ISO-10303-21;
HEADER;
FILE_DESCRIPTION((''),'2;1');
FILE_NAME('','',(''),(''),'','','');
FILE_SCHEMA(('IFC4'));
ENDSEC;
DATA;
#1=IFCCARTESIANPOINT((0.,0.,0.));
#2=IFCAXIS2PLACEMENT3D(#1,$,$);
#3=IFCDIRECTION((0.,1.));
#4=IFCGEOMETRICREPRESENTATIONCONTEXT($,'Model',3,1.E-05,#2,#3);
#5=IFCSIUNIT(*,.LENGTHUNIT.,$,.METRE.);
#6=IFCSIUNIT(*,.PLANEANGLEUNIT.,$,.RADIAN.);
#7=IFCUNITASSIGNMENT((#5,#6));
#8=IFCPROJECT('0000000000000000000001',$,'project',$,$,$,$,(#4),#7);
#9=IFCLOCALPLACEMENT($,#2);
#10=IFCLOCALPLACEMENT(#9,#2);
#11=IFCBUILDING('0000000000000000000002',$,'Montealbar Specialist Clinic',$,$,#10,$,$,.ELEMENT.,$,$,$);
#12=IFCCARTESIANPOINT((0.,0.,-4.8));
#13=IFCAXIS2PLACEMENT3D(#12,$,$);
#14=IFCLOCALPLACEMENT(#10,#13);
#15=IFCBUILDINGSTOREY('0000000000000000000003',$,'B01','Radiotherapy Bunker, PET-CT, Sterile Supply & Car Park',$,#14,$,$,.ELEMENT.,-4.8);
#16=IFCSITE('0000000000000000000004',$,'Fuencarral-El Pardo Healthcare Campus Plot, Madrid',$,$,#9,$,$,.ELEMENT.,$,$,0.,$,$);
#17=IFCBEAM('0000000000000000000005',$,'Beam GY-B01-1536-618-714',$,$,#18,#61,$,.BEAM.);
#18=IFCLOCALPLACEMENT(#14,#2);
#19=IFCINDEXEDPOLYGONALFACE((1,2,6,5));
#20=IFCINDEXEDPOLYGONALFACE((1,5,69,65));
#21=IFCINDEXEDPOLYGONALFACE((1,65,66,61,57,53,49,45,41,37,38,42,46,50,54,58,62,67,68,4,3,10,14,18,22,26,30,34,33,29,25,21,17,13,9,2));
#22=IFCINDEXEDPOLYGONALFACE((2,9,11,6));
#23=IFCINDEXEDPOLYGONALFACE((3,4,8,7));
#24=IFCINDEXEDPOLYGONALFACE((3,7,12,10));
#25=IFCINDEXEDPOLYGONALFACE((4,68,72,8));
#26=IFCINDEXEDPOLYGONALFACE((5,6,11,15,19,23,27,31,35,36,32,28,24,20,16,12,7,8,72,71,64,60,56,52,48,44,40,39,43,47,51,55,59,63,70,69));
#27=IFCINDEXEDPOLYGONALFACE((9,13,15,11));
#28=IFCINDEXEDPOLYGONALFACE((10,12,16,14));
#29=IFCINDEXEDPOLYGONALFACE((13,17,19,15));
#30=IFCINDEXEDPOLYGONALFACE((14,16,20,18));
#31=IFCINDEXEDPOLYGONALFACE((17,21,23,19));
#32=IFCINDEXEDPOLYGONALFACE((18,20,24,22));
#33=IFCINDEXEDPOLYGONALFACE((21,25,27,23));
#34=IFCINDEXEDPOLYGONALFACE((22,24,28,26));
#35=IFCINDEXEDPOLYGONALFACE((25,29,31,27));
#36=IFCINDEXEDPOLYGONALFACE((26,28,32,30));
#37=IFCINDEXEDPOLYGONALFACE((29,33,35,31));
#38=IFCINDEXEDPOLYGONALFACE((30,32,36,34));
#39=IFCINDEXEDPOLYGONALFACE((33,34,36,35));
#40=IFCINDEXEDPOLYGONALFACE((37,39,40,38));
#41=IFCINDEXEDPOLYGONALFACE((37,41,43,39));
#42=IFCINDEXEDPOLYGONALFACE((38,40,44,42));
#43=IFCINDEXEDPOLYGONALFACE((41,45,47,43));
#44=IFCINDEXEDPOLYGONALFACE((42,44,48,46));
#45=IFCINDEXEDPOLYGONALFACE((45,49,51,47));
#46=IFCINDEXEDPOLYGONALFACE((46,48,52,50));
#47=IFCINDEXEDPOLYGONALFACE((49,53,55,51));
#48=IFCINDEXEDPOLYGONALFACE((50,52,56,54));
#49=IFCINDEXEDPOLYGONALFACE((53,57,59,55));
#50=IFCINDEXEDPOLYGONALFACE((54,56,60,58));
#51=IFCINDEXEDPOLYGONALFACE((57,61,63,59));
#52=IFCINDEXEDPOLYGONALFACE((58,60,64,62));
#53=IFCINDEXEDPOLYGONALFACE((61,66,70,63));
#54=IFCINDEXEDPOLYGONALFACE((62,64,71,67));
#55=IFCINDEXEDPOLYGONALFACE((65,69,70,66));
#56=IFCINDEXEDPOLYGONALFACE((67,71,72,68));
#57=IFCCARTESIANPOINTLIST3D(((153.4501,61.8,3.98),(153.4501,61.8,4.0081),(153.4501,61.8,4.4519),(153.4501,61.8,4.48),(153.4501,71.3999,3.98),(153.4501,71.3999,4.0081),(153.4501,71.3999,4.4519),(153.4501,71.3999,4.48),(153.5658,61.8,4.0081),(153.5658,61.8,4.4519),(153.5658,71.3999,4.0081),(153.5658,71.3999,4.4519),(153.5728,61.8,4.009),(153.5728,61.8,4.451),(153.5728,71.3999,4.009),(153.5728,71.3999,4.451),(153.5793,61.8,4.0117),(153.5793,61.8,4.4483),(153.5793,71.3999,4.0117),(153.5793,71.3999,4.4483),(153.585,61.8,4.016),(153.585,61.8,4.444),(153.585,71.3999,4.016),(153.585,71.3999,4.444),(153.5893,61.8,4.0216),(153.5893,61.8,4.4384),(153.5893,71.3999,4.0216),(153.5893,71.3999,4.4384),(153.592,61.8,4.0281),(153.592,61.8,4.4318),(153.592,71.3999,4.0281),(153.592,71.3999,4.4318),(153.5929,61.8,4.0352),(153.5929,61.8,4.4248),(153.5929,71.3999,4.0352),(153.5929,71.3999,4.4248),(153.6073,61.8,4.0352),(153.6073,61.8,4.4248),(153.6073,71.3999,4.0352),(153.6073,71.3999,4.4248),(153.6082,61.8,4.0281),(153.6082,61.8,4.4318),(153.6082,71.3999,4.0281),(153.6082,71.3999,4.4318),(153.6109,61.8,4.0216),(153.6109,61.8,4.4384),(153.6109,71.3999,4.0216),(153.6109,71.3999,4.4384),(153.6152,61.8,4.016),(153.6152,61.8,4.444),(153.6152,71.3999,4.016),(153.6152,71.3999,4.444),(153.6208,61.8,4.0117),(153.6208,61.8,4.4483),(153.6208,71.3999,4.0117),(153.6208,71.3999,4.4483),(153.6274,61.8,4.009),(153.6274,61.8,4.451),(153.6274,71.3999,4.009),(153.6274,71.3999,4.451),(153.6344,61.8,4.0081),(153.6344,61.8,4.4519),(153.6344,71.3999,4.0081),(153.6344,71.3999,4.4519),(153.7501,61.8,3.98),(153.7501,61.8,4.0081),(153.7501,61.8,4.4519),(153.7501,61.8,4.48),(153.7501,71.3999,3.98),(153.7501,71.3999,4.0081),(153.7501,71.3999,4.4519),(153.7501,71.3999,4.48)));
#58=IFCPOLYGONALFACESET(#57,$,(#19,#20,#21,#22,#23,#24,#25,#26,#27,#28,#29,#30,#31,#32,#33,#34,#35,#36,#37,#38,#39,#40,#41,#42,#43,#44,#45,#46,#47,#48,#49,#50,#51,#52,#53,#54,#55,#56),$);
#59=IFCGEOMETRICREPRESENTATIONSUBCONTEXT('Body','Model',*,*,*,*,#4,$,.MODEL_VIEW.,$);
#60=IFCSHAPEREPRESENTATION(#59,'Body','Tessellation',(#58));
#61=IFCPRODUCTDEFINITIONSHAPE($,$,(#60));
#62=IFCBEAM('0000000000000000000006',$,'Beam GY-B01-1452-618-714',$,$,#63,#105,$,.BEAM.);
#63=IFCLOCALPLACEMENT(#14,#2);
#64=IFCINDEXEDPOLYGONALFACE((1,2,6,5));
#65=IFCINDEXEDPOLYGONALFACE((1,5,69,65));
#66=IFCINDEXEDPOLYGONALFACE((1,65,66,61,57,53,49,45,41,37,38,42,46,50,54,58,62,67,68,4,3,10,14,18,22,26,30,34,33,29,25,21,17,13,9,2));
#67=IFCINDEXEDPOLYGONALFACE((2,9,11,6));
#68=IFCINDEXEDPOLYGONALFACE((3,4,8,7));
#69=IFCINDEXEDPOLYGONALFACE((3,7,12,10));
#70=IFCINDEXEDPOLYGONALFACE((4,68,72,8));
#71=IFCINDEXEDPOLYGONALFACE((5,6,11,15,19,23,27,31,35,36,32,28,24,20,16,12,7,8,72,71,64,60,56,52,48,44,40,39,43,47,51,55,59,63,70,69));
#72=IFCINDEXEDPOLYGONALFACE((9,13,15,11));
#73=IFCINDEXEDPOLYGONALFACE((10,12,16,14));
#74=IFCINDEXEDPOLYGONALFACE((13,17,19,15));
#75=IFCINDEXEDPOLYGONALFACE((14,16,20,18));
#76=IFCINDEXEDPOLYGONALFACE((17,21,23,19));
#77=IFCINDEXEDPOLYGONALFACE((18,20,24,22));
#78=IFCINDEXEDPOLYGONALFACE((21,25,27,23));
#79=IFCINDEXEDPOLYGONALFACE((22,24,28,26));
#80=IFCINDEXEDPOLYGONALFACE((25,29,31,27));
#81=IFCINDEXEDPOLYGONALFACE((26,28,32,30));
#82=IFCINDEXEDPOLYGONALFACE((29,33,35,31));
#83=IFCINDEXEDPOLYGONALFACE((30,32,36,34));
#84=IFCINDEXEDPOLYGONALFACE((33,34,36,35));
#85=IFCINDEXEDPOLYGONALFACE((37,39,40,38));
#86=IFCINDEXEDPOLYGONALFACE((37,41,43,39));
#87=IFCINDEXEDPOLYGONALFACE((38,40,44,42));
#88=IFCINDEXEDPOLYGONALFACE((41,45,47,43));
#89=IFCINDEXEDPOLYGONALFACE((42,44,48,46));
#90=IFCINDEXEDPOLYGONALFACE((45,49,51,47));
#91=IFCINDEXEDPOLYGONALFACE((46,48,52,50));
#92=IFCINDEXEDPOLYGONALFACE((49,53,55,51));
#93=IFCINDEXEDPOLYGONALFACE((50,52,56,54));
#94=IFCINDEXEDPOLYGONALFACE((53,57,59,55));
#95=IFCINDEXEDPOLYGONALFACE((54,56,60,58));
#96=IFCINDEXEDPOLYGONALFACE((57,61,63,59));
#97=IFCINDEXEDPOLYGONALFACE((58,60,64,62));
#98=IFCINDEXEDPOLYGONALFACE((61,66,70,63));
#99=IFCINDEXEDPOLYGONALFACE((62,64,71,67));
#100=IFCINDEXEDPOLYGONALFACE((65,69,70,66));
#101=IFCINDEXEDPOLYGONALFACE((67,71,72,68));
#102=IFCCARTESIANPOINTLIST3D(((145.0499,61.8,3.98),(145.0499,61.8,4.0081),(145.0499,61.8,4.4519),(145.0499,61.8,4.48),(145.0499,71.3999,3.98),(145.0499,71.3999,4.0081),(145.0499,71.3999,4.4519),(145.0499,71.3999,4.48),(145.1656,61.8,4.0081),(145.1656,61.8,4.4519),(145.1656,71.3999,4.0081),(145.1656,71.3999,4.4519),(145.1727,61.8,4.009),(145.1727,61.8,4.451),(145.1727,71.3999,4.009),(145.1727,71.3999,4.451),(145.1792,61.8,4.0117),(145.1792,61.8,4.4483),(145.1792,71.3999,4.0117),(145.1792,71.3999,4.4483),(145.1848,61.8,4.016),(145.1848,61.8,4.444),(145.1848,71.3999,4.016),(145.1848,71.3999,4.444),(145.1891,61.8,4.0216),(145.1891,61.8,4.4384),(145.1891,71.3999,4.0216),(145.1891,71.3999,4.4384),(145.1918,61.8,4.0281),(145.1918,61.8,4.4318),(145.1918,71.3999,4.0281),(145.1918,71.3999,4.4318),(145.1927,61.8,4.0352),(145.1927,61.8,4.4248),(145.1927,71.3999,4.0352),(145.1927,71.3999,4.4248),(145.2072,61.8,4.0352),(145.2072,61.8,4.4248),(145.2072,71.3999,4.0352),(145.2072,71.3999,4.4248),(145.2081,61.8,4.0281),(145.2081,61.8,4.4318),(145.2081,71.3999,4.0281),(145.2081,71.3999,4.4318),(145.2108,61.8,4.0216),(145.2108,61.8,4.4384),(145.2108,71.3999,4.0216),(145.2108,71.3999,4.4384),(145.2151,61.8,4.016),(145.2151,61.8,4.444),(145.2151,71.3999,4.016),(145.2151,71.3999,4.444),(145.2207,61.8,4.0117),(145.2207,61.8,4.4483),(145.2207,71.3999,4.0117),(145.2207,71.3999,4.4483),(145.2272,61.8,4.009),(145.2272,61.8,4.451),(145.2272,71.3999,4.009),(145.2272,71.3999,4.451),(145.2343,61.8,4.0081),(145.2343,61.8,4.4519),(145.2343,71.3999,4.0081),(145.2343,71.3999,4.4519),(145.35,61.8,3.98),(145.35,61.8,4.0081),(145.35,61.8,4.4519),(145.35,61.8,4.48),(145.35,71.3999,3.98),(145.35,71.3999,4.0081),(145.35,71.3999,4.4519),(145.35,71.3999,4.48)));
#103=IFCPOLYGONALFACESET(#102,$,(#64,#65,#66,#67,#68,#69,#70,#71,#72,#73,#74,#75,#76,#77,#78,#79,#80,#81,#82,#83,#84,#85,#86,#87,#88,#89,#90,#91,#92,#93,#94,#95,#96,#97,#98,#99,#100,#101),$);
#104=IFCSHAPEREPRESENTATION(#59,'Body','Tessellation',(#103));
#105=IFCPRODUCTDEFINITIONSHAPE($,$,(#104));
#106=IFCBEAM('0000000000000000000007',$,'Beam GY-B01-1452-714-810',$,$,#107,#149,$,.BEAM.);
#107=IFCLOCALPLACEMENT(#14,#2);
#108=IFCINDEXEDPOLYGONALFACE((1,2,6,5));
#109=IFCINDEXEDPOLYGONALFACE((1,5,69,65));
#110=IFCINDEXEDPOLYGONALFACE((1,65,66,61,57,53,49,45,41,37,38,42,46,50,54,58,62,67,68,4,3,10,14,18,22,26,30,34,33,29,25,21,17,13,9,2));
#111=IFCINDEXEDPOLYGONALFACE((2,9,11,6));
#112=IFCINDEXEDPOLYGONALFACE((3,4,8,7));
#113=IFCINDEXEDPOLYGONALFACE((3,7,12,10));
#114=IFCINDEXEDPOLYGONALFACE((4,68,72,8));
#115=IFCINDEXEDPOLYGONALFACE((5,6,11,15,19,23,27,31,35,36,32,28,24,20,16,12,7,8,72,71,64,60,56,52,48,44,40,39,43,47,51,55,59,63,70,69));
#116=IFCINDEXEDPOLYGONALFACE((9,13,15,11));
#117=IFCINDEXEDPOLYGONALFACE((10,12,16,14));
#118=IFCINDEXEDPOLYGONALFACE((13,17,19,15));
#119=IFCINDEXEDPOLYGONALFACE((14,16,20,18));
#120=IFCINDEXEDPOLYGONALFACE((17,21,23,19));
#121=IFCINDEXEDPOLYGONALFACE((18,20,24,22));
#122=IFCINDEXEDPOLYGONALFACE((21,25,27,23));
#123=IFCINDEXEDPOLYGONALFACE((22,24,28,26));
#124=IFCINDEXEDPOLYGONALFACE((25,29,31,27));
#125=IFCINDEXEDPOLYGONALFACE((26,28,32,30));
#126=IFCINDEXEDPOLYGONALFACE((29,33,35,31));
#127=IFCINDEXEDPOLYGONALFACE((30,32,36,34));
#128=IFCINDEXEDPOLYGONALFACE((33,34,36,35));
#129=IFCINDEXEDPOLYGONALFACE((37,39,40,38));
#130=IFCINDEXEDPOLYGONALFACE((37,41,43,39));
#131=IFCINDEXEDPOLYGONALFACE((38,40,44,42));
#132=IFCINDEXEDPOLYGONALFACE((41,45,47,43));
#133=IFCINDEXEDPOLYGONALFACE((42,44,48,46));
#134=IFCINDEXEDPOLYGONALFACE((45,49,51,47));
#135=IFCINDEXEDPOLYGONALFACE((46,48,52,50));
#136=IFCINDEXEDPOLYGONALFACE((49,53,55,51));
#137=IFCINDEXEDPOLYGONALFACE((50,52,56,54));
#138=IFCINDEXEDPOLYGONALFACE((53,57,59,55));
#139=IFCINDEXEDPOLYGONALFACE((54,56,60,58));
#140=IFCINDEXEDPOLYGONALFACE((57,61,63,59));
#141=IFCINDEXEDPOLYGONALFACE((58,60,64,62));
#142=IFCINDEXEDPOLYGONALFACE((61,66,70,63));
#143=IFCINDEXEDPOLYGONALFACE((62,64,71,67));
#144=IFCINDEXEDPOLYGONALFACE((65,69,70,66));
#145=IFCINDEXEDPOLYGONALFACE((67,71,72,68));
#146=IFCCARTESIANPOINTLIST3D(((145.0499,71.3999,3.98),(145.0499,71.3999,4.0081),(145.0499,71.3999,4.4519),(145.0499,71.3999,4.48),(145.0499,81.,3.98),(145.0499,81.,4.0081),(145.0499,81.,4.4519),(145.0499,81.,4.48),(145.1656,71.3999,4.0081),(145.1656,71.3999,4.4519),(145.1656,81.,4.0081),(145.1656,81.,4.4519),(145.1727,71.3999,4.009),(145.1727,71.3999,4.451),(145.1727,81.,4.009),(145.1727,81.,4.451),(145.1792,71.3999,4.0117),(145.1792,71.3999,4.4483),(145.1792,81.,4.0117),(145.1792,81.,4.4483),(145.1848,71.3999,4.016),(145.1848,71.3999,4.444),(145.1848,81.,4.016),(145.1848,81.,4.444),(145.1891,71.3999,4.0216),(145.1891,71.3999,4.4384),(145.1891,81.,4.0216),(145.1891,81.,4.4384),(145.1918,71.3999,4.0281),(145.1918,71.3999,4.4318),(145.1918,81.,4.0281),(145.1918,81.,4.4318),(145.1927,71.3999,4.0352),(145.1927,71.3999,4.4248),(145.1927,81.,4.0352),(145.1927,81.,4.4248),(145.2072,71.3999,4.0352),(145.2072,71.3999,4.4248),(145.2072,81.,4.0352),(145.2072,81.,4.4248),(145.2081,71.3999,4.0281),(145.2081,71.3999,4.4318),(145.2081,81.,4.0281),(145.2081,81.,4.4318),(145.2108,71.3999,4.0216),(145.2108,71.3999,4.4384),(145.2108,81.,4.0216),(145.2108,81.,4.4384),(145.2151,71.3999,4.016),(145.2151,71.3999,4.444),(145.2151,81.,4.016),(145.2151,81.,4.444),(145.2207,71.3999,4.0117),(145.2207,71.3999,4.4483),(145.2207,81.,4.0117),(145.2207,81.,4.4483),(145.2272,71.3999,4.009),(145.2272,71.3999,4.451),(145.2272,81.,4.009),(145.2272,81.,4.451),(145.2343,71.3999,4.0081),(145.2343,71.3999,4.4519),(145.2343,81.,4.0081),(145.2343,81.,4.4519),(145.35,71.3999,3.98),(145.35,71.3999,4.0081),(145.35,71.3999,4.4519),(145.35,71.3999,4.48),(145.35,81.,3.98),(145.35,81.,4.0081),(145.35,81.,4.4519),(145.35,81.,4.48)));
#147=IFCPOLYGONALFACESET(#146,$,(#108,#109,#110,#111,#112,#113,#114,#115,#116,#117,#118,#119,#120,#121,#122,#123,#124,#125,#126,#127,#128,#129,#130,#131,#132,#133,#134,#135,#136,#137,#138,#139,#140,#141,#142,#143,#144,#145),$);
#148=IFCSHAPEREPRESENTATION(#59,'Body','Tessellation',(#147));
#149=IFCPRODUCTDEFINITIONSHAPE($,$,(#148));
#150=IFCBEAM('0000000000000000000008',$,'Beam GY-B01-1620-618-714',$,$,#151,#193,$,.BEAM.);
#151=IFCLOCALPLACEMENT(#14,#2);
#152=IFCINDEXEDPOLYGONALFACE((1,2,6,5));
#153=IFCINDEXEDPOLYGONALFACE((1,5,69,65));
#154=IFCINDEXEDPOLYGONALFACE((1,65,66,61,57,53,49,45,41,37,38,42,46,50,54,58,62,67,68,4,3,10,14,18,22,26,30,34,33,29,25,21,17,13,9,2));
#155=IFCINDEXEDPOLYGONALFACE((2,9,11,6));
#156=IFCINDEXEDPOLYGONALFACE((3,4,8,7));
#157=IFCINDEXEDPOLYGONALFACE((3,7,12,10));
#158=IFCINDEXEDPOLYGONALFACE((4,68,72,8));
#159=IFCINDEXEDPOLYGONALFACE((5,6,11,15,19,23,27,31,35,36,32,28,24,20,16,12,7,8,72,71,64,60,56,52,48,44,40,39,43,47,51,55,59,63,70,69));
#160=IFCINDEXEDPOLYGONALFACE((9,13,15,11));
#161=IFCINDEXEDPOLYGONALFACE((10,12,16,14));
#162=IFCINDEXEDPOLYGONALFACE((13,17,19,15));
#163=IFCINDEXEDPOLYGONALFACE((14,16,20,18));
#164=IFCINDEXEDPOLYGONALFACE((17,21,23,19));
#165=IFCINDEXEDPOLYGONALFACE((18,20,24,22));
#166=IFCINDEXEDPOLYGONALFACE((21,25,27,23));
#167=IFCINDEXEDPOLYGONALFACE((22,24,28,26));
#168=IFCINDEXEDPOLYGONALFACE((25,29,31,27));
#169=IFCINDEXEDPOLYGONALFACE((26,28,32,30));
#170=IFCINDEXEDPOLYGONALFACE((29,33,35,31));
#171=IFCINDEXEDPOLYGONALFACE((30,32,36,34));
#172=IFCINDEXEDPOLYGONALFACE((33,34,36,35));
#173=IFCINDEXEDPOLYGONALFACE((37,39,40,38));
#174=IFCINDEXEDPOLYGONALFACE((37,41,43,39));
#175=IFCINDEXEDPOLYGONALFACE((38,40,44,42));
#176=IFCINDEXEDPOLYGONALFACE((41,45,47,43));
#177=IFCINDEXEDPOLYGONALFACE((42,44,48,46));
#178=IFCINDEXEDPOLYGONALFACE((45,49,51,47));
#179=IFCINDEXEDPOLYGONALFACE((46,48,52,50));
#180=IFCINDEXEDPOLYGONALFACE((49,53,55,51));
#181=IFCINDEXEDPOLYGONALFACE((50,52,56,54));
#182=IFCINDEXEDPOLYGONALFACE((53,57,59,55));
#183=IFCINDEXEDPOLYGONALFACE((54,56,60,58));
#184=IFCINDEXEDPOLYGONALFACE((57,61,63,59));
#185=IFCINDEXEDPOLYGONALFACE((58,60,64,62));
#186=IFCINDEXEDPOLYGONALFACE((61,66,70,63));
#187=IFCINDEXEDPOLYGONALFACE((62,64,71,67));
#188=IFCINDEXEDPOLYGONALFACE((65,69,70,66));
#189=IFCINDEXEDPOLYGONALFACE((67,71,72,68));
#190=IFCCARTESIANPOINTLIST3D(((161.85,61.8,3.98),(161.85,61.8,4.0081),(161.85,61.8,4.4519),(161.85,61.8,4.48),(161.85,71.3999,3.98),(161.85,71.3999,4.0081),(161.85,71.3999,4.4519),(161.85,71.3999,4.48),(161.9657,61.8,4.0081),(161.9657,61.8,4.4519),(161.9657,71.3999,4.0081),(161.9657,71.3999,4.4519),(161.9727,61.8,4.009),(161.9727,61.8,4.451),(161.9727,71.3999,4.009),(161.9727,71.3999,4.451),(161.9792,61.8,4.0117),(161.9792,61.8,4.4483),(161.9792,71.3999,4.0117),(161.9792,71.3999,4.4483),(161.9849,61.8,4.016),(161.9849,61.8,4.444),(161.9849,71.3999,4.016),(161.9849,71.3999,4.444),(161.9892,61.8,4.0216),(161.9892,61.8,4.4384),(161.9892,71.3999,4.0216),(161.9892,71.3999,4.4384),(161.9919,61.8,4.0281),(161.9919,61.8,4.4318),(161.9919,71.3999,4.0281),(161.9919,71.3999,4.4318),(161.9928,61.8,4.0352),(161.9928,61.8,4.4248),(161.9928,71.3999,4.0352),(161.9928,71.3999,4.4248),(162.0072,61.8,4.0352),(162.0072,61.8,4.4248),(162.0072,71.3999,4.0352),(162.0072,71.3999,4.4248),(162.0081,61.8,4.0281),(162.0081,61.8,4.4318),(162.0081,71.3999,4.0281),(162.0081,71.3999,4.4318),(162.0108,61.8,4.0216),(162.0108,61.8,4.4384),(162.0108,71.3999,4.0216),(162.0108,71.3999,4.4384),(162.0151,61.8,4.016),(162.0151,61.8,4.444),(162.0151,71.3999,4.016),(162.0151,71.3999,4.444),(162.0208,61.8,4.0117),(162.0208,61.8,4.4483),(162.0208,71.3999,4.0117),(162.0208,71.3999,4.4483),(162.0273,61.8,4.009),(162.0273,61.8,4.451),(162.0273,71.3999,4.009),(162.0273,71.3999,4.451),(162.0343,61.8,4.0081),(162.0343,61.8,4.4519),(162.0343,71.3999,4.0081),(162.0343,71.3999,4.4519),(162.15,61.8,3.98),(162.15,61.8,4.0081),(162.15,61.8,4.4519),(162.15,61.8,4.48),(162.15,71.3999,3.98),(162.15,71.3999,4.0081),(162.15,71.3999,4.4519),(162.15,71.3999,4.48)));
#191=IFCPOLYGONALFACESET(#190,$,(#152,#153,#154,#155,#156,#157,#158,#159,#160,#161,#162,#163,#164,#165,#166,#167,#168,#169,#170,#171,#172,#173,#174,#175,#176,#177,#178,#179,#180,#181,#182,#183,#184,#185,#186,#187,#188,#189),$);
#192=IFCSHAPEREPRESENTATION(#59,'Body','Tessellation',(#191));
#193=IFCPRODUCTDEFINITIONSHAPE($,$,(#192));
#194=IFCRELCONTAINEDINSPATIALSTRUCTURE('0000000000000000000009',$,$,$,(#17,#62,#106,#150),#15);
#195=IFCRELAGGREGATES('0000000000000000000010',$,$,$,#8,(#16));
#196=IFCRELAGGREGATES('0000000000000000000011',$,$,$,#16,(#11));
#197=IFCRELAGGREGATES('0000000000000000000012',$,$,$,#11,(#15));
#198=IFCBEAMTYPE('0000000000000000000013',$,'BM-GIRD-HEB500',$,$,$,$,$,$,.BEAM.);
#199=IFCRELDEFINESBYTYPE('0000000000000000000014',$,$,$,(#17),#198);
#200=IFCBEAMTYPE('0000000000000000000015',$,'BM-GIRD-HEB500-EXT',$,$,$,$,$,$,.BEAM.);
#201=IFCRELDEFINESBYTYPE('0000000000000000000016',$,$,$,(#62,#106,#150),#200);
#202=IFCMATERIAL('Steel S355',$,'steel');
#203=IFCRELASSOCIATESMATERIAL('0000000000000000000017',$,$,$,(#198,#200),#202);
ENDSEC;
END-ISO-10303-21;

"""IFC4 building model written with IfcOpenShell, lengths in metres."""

from ifc_helpers import new_model, si_unit, direction, frame, origin, origin_2d, place, context, subcontext, project, spatial, i_section, extrude, material, material_profile, profile_set, type_object, element, save


model = new_model("IFC4")

# Units and contexts
model_context = context("Model", 3, precision=1e-05, world=origin(), true_north=direction((0.0, 1.0)))
body_context = subcontext(model_context, "Body", "Model", "MODEL_VIEW")
ifc_project = project(units=[si_unit("LENGTHUNIT", "METRE"), si_unit("PLANEANGLEUNIT", "RADIAN")], contexts=[model_context])

# Site, building, storey
site_placement = place(None, origin())
site = spatial("IfcSite", under=ifc_project, at=site_placement, Name="Fuencarral-El Pardo Healthcare Campus Plot, Madrid", CompositionType="ELEMENT", RefElevation=0.0)
building_placement = place(site_placement, origin())
building = spatial("IfcBuilding", under=site, at=building_placement, Name="Montealbar Specialist Clinic", CompositionType="ELEMENT")
storey_placement = place(building_placement, frame((0.0, 0.0, -4.8)))
storey = spatial("IfcBuildingStorey", under=building, at=storey_placement, Name="B01", Description="Radiotherapy Bunker, PET-CT, Sterile Supply & Car Park", CompositionType="ELEMENT", Elevation=-4.8)

# Shared definitions
ifc_material_1 = material(Name="Steel S355", Category="steel")

# Beams
ifc_material_profile_1 = material_profile(ifc_material_1, i_section(OverallWidth=0.3, OverallDepth=0.5, WebThickness=0.0144, FlangeThickness=0.0281, FilletRadius=0.0271, at=origin_2d()), Name="HEB 500", Category="steel")
ifc_profile_set_1 = profile_set([ifc_material_profile_1], Name="Steel S355")
beam_type_1 = type_object("IfcBeamType", Name="BM-GIRD-HEB500", PredefinedType="BEAM", material=ifc_profile_set_1)
beam_1_placement = place(storey_placement, frame((153.6001, 61.8, 4.23), z_axis=(0.0, 1.0, 0.0), x_axis=(-1.0, 0.0, 0.0)))
element("IfcBeam", 1, at=beam_1_placement, inside=storey, type_object=beam_type_1, Name="Beam GY-B01-1536-618-714", PredefinedType="BEAM", context=body_context, shape_type="SweptSolid", body=[
    extrude(i_section(OverallWidth=0.3, OverallDepth=0.5, WebThickness=0.0144, FlangeThickness=0.0281, FilletRadius=0.0271, at=origin_2d()), origin(), (0.0, 0.0, 1.0), 9.5999),
])
ifc_material_profile_2 = material_profile(ifc_material_1, i_section(OverallWidth=0.3, OverallDepth=0.5, WebThickness=0.0144, FlangeThickness=0.0281, FilletRadius=0.0271, at=origin_2d()), Name="HEB 500", Category="steel")
ifc_profile_set_2 = profile_set([ifc_material_profile_2], Name="Steel S355")
beam_type_2 = type_object("IfcBeamType", Name="BM-GIRD-HEB500-EXT", PredefinedType="BEAM", material=ifc_profile_set_2)
beam_2_placement = place(storey_placement, frame((145.2, 61.8, 4.23), z_axis=(0.0, 1.0, 0.0), x_axis=(-1.0, 0.0, 0.0)))
element("IfcBeam", 2, at=beam_2_placement, inside=storey, type_object=beam_type_2, Name="Beam GY-B01-1452-618-714", PredefinedType="BEAM", context=body_context, shape_type="SweptSolid", body=[
    extrude(i_section(OverallWidth=0.3, OverallDepth=0.5, WebThickness=0.0144, FlangeThickness=0.0281, FilletRadius=0.0271, at=origin_2d()), origin(), (0.0, 0.0, 1.0), 9.5999),
])
beam_3_placement = place(storey_placement, frame((145.2, 71.3999, 4.23), z_axis=(0.0, 1.0, 0.0), x_axis=(-1.0, 0.0, 0.0)))
element("IfcBeam", 3, at=beam_3_placement, inside=storey, type_object=beam_type_2, Name="Beam GY-B01-1452-714-810", PredefinedType="BEAM", context=body_context, shape_type="SweptSolid", body=[
    extrude(i_section(OverallWidth=0.3, OverallDepth=0.5, WebThickness=0.0144, FlangeThickness=0.0281, FilletRadius=0.0271, at=origin_2d()), origin(), (0.0, 0.0, 1.0), 9.6001),
])
beam_4_placement = place(storey_placement, frame((162.0, 61.8, 4.23), z_axis=(0.0, 1.0, 0.0), x_axis=(-1.0, 0.0, 0.0)))
element("IfcBeam", 4, at=beam_4_placement, inside=storey, type_object=beam_type_2, Name="Beam GY-B01-1620-618-714", PredefinedType="BEAM", context=body_context, shape_type="SweptSolid", body=[
    extrude(i_section(OverallWidth=0.3, OverallDepth=0.5, WebThickness=0.0144, FlangeThickness=0.0281, FilletRadius=0.0271, at=origin_2d()), origin(), (0.0, 0.0, 1.0), 9.5999),
])

save(model, "model.ifc")
